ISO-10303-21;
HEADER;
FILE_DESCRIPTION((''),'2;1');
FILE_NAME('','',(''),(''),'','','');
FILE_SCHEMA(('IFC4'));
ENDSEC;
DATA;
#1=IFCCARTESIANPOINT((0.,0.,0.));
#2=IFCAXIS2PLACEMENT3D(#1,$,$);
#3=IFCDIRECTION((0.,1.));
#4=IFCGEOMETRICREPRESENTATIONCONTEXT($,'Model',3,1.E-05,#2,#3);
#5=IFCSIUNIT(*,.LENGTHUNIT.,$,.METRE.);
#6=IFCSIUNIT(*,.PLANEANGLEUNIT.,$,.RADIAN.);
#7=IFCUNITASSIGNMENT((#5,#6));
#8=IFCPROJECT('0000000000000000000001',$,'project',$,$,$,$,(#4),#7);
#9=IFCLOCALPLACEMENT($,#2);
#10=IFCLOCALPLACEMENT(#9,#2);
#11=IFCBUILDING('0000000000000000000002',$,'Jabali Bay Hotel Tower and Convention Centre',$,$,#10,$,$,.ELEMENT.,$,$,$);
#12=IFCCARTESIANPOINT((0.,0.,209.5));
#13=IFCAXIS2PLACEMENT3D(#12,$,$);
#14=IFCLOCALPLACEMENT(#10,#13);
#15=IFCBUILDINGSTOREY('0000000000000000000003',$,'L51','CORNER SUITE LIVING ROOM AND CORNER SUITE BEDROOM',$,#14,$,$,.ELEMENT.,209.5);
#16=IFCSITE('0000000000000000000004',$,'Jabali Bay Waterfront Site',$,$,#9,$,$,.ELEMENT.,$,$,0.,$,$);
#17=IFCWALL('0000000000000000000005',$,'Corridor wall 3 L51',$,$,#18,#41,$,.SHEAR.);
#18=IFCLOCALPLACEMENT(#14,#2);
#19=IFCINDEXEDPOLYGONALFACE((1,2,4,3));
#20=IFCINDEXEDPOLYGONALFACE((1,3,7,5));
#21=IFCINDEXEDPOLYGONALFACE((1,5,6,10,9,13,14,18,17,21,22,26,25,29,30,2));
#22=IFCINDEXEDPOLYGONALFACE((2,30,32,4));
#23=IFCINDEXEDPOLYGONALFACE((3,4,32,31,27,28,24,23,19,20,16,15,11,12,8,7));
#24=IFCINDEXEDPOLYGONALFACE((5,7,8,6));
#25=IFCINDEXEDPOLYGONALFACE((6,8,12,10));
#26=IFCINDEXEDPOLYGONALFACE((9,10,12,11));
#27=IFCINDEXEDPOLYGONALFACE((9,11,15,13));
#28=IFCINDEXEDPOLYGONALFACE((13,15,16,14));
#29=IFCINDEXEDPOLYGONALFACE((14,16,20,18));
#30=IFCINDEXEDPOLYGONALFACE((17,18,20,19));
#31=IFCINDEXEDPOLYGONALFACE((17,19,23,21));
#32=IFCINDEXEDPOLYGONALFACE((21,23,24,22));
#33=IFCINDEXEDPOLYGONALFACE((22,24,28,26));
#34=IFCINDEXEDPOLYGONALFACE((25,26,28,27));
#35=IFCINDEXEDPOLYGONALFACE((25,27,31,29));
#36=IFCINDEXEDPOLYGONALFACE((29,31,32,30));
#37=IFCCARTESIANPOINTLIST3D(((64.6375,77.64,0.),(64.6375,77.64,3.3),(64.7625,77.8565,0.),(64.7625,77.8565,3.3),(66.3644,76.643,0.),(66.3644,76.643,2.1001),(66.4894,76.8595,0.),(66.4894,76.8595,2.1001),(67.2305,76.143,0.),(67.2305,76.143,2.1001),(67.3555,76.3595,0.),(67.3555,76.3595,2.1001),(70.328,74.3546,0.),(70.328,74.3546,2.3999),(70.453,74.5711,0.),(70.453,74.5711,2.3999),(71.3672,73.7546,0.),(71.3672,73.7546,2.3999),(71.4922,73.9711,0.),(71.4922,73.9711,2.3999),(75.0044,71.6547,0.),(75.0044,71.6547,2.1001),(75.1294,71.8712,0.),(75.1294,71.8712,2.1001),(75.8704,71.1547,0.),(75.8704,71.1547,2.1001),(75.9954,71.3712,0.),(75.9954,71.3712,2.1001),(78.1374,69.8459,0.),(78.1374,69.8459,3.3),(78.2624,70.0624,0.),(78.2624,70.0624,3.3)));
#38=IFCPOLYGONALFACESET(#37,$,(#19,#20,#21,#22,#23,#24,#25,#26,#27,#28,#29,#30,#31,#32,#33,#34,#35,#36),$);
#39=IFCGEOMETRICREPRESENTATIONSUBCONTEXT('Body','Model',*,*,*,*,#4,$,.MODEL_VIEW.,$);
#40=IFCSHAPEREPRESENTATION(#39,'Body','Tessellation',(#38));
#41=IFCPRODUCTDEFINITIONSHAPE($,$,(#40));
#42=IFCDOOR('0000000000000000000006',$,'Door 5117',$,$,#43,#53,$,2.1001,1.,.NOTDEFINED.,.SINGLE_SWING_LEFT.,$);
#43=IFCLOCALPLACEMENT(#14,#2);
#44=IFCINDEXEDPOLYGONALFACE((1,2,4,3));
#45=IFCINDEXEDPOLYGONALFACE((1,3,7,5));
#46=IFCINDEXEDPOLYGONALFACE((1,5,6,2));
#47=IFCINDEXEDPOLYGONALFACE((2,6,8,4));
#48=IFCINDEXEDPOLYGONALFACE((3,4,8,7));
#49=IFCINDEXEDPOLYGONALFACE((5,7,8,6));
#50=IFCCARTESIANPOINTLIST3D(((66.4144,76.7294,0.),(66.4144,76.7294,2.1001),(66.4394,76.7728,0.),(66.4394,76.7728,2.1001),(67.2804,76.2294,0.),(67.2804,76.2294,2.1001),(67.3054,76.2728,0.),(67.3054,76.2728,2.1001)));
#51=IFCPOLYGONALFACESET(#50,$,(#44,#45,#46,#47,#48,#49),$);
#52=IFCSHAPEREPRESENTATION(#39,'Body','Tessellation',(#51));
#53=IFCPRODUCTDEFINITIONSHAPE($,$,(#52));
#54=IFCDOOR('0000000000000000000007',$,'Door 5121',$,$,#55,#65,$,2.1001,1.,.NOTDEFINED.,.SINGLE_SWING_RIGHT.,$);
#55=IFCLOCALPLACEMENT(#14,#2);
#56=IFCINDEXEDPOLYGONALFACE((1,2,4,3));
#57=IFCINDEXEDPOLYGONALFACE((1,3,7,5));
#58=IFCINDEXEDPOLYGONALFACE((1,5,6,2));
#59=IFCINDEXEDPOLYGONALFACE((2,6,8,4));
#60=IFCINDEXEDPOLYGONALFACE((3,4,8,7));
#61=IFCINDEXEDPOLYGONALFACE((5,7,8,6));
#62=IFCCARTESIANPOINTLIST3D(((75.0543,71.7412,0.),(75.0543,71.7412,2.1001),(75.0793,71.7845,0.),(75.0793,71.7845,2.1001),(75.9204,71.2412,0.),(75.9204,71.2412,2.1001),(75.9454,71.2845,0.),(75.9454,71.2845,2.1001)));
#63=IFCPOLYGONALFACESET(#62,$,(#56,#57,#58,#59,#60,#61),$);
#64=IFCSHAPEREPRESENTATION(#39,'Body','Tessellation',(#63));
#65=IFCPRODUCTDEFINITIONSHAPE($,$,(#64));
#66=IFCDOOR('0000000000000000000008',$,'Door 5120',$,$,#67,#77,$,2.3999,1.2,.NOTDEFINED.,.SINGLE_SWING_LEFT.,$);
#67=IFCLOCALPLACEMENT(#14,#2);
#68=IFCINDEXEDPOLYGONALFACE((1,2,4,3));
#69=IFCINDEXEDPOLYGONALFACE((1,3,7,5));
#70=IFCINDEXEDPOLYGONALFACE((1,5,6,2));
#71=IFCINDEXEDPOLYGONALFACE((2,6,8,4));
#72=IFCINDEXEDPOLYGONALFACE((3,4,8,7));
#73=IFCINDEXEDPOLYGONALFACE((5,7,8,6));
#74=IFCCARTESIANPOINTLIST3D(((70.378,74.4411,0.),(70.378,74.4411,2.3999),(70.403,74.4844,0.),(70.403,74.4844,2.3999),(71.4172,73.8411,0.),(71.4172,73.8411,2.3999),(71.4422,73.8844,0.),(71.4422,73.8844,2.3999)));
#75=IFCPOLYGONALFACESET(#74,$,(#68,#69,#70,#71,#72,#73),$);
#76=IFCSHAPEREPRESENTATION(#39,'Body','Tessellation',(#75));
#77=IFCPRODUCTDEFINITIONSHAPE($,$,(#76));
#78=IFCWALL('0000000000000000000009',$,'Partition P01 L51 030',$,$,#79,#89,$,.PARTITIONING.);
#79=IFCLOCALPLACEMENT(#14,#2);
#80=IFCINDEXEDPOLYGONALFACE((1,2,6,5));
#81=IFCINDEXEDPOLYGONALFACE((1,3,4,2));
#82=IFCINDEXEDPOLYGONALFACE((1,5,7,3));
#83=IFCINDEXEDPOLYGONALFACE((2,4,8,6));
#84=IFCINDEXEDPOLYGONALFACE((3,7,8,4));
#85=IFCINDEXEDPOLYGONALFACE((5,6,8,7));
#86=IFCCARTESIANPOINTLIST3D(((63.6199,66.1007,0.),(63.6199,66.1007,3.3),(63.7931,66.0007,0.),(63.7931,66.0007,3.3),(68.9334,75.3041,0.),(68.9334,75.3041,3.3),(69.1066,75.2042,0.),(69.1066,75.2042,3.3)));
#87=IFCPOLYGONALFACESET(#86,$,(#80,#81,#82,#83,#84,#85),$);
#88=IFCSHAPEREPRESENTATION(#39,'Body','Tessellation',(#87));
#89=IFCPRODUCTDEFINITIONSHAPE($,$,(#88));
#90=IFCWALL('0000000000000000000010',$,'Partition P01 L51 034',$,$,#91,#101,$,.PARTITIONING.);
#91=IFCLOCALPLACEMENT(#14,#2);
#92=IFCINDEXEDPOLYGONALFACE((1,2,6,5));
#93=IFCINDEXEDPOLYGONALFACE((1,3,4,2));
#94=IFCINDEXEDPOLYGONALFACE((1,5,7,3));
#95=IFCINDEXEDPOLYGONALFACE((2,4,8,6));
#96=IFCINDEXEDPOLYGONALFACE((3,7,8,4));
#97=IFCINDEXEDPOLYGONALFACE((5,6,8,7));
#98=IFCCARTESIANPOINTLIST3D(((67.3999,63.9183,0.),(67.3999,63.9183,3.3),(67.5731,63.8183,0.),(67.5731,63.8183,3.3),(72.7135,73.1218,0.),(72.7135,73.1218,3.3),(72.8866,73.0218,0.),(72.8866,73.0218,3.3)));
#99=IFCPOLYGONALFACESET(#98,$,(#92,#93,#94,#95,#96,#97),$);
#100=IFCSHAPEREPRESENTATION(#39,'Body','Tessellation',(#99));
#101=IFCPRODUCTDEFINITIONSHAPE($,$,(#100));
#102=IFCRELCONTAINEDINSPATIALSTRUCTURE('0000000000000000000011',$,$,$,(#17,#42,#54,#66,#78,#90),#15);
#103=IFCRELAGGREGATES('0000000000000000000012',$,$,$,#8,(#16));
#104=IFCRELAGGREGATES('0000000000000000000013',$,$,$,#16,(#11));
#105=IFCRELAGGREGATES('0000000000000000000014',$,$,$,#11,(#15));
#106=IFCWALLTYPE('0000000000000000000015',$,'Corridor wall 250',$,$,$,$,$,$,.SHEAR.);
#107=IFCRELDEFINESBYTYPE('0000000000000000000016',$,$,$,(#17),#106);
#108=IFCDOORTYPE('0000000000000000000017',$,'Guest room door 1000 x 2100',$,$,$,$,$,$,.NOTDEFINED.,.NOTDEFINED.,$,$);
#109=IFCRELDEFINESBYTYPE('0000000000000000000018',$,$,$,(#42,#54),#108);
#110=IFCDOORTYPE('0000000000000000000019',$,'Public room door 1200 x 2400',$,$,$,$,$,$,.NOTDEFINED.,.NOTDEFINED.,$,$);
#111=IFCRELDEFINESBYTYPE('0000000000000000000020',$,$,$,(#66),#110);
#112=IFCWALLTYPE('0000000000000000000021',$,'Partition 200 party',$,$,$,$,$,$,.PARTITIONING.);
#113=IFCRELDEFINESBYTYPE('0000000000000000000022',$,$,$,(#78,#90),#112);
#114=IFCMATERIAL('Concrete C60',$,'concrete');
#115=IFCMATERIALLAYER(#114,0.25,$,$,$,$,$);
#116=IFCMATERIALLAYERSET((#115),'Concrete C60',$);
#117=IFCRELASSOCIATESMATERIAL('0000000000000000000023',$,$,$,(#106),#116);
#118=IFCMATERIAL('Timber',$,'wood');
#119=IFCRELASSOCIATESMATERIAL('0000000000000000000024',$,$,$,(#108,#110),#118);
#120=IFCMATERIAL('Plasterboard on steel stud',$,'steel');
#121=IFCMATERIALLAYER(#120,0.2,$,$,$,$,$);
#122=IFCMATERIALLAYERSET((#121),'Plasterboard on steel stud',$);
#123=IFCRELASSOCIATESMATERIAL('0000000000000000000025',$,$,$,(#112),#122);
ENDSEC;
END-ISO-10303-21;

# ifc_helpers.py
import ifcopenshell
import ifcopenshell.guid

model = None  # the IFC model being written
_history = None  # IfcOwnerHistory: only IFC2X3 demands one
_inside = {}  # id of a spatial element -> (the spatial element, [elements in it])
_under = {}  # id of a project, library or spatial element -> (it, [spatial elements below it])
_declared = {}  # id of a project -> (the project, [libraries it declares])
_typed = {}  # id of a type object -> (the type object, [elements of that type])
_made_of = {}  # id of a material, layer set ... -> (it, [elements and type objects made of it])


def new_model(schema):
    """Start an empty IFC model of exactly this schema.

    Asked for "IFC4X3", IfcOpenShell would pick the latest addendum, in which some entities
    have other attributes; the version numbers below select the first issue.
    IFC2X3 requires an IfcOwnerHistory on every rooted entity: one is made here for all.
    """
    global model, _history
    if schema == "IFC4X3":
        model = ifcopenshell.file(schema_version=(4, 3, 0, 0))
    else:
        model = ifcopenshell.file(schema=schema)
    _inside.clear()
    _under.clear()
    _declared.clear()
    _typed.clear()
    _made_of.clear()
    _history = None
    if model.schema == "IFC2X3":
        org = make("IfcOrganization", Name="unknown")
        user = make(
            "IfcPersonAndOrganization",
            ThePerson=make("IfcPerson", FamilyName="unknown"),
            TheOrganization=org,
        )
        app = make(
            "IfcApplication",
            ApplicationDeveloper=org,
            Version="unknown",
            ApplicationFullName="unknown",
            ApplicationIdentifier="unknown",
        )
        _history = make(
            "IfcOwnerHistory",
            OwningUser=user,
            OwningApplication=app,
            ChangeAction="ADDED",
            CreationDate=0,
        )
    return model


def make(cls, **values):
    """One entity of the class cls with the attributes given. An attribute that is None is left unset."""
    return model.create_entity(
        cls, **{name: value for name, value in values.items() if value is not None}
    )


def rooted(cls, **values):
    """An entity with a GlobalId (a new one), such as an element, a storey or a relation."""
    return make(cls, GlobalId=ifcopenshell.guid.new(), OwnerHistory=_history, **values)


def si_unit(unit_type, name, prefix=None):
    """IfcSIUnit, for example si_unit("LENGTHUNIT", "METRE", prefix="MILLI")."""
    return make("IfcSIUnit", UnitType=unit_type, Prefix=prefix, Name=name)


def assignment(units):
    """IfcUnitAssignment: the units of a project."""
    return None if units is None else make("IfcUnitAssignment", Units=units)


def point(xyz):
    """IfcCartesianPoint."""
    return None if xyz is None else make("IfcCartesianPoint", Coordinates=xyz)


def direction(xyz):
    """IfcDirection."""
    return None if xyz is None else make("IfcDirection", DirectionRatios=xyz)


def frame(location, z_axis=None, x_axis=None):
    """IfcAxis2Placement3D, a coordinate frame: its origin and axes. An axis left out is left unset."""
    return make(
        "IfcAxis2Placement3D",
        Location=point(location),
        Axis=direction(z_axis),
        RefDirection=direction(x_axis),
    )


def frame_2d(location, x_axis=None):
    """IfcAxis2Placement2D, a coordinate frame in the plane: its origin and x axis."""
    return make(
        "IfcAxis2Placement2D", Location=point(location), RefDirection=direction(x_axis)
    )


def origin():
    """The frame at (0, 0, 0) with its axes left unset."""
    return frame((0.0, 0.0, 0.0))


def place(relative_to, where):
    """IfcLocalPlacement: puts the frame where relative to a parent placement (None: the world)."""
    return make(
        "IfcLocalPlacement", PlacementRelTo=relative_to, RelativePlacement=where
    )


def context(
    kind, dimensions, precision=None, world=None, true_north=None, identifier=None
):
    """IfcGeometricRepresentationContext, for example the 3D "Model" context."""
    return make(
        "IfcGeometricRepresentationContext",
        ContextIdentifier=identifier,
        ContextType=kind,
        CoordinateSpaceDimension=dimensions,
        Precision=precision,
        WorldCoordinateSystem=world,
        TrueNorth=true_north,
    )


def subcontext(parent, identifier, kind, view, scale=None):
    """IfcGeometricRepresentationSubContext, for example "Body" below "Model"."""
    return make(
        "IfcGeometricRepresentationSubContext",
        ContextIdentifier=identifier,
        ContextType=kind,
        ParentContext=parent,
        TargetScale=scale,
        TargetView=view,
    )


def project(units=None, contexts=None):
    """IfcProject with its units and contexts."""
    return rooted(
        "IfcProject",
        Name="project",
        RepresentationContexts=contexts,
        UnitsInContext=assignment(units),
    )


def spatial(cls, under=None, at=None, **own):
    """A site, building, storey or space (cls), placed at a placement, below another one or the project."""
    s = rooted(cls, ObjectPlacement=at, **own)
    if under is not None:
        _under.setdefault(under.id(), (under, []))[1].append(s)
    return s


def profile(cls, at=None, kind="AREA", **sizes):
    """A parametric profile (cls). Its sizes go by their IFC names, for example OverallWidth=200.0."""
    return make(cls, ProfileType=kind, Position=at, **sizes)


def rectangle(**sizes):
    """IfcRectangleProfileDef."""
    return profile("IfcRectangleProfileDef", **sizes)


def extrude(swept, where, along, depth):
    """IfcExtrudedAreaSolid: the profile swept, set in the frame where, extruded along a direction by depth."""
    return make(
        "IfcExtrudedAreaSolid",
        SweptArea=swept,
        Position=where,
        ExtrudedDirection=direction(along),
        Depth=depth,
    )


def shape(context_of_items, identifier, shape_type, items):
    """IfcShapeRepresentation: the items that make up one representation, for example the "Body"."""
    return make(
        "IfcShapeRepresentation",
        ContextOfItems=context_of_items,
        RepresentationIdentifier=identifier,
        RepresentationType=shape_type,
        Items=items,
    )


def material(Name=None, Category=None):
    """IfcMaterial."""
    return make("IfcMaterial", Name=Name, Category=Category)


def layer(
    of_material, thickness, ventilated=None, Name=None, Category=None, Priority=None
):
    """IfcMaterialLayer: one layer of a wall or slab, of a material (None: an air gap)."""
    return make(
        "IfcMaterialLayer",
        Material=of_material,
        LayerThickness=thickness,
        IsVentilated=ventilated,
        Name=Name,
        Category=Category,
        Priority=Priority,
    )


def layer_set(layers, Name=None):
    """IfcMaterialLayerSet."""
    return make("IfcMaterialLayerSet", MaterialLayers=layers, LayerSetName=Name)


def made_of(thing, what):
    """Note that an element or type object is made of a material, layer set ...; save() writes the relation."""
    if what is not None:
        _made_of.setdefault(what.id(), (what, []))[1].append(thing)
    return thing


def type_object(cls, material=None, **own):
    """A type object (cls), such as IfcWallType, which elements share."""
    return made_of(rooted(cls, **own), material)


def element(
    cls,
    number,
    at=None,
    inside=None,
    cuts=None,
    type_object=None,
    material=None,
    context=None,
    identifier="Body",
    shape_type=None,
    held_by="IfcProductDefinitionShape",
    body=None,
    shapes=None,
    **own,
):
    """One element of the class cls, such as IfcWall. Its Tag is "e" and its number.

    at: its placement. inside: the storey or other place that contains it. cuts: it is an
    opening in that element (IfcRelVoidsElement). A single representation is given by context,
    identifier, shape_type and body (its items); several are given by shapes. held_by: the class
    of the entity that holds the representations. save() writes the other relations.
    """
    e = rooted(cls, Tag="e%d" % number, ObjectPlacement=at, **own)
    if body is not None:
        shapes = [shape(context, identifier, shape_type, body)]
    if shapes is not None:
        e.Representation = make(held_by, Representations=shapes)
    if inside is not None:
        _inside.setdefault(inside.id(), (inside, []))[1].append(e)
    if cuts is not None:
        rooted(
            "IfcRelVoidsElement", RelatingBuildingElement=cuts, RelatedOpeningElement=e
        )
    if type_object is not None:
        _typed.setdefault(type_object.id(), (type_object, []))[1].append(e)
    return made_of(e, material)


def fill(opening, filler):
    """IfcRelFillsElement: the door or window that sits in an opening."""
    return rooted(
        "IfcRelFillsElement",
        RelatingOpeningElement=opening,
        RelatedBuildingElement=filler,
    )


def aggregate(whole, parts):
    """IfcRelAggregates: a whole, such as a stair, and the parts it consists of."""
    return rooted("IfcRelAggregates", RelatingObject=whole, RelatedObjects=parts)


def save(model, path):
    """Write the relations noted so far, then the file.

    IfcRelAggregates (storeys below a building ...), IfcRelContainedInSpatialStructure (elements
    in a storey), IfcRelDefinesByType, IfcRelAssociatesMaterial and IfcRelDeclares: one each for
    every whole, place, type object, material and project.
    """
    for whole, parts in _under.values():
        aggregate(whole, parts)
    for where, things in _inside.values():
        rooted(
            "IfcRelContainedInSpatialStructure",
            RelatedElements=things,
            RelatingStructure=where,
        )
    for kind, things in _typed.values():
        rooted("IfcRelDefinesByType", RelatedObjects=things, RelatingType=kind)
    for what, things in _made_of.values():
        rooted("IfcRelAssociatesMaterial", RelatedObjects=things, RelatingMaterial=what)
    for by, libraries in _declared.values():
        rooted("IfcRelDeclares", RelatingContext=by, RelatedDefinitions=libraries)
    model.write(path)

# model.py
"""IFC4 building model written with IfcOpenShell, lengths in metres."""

from ifc_helpers import new_model, si_unit, direction, frame, frame_2d, origin, place, context, subcontext, project, spatial, rectangle, extrude, material, layer, layer_set, type_object, element, fill, save


model = new_model("IFC4")

# Units and contexts
model_context = context("Model", 3, precision=1e-05, world=origin(), true_north=direction((0.0, 1.0)))
body_context = subcontext(model_context, "Body", "Model", "MODEL_VIEW")
ifc_project = project(units=[si_unit("LENGTHUNIT", "METRE"), si_unit("PLANEANGLEUNIT", "RADIAN")], contexts=[model_context])

# Site, building, storey
site_placement = place(None, origin())
site = spatial("IfcSite", under=ifc_project, at=site_placement, Name="Jabali Bay Waterfront Site", CompositionType="ELEMENT", RefElevation=0.0)
building_placement = place(site_placement, origin())
building = spatial("IfcBuilding", under=site, at=building_placement, Name="Jabali Bay Hotel Tower and Convention Centre", CompositionType="ELEMENT")
storey_placement = place(building_placement, frame((0.0, 0.0, 209.5)))
storey = spatial("IfcBuildingStorey", under=building, at=storey_placement, Name="L51", Description="CORNER SUITE LIVING ROOM AND CORNER SUITE BEDROOM", CompositionType="ELEMENT", Elevation=209.5)

# Shared definitions
ifc_material_1 = material(Name="Concrete C60", Category="concrete")

# Wall, openings, doors
ifc_layer_1 = layer(ifc_material_1, 0.25)
ifc_layer_set_1 = layer_set([ifc_layer_1], Name="Concrete C60")
wall_type_1 = type_object("IfcWallType", Name="Corridor wall 250", PredefinedType="SHEAR", material=ifc_layer_set_1)
wall_1_placement = place(storey_placement, frame((64.7, 77.7483, 0.0), z_axis=(0.0, 0.0, 1.0), x_axis=(0.866026, -0.499998, 0.0)))
wall_1 = element("IfcWall", 1, at=wall_1_placement, inside=storey, type_object=wall_type_1, Name="Corridor wall 3 L51", PredefinedType="SHEAR", context=body_context, shape_type="SweptSolid", body=[
    extrude(rectangle(XDim=15.5884, YDim=0.25, at=frame_2d((7.7942, 0.0))), origin(), (0.0, 0.0, 1.0), 3.3),
])
opening_1_placement = place(wall_1_placement, frame((1.9941, 0.0, 0.0)))
opening_1 = element("IfcOpeningElement", 2, at=opening_1_placement, cuts=wall_1, PredefinedType="OPENING", context=body_context, shape_type="SweptSolid", body=[
    extrude(rectangle(XDim=1.0, YDim=2.1001, at=frame_2d((0.5, 1.05))), frame((0.0, 0.1355, 0.0), z_axis=(0.0, -1.0, 0.0), x_axis=(1.0, 0.0, 0.0)), (0.0, 0.0, 1.0), 0.271),
])
opening_2_placement = place(wall_1_placement, frame((6.5708, 0.0, 0.0)))
opening_2 = element("IfcOpeningElement", 3, at=opening_2_placement, cuts=wall_1, PredefinedType="OPENING", context=body_context, shape_type="SweptSolid", body=[
    extrude(rectangle(XDim=1.2, YDim=2.3999, at=frame_2d((0.6001, 1.2))), frame((0.0, 0.1355, 0.0), z_axis=(0.0, -1.0, 0.0), x_axis=(1.0, 0.0, 0.0)), (0.0, 0.0, 1.0), 0.271),
])
opening_3_placement = place(wall_1_placement, frame((11.9707, 0.0, 0.0)))
opening_3 = element("IfcOpeningElement", 4, at=opening_3_placement, cuts=wall_1, PredefinedType="OPENING", context=body_context, shape_type="SweptSolid", body=[
    extrude(rectangle(XDim=1.0, YDim=2.1001, at=frame_2d((0.5, 1.05))), frame((0.0, 0.1355, 0.0), z_axis=(0.0, -1.0, 0.0), x_axis=(1.0, 0.0, 0.0)), (0.0, 0.0, 1.0), 0.271),
])
ifc_material_2 = material(Name="Timber", Category="wood")
door_type_1 = type_object("IfcDoorType", Name="Guest room door 1000 x 2100", OperationType="NOTDEFINED", PredefinedType="NOTDEFINED", material=ifc_material_2)
door_1_placement = place(opening_1_placement, origin())
door_1 = element("IfcDoor", 5, at=door_1_placement, inside=storey, type_object=door_type_1, Name="Door 5117", OperationType="SINGLE_SWING_LEFT", OverallHeight=2.1001, OverallWidth=1.0, PredefinedType="NOTDEFINED", context=body_context, shape_type="SweptSolid", body=[
    extrude(rectangle(XDim=1.0, YDim=2.1001, at=frame_2d((0.5, 1.05))), frame((0.0, 0.0249, 0.0), z_axis=(0.0, -1.0, 0.0), x_axis=(1.0, 0.0, 0.0)), (0.0, 0.0, 1.0), 0.05),
])
fill(opening_1, door_1)
door_2_placement = place(opening_3_placement, origin())
door_2 = element("IfcDoor", 6, at=door_2_placement, inside=storey, type_object=door_type_1, Name="Door 5121", OperationType="SINGLE_SWING_RIGHT", OverallHeight=2.1001, OverallWidth=1.0, PredefinedType="NOTDEFINED", context=body_context, shape_type="SweptSolid", body=[
    extrude(rectangle(XDim=1.0, YDim=2.1001, at=frame_2d((0.5, 1.05))), frame((0.0, 0.0249, 0.0), z_axis=(0.0, -1.0, 0.0), x_axis=(1.0, 0.0, 0.0)), (0.0, 0.0, 1.0), 0.05),
])
fill(opening_3, door_2)
door_type_2 = type_object("IfcDoorType", Name="Public room door 1200 x 2400", OperationType="NOTDEFINED", PredefinedType="NOTDEFINED", material=ifc_material_2)
door_3_placement = place(opening_2_placement, origin())
door_3 = element("IfcDoor", 7, at=door_3_placement, inside=storey, type_object=door_type_2, Name="Door 5120", OperationType="SINGLE_SWING_LEFT", OverallHeight=2.3999, OverallWidth=1.2, PredefinedType="NOTDEFINED", context=body_context, shape_type="SweptSolid", body=[
    extrude(rectangle(XDim=1.2, YDim=2.3999, at=frame_2d((0.6001, 1.2))), frame((0.0, 0.0249, 0.0), z_axis=(0.0, -1.0, 0.0), x_axis=(1.0, 0.0, 0.0)), (0.0, 0.0, 1.0), 0.05),
])
fill(opening_2, door_3)

# Walls
ifc_material_3 = material(Name="Plasterboard on steel stud", Category="steel")
ifc_layer_2 = layer(ifc_material_3, 0.2)
ifc_layer_set_2 = layer_set([ifc_layer_2], Name="Plasterboard on steel stud")
wall_type_2 = type_object("IfcWallType", Name="Partition 200 party", PredefinedType="PARTITIONING", material=ifc_layer_set_2)
for number, where, z_axis, x_axis, name in (
    (8, (63.7065, 66.0508, 0.0), (0.0, 0.0, 1.0), (0.499994, 0.866029, 0.0), "Partition P01 L51 030"),
    (9, (67.4866, 63.8684, 0.0), (0.0, 0.0, 1.0), (0.499994, 0.866029, 0.0), "Partition P01 L51 034"),
):
    element("IfcWall", number, at=place(storey_placement, frame(where, z_axis=z_axis, x_axis=x_axis)), inside=storey, type_object=wall_type_2, Name=name, PredefinedType="PARTITIONING", context=body_context, shape_type="SweptSolid", body=[
        extrude(rectangle(XDim=10.6272, YDim=0.2, at=frame_2d((5.3135, 0.0))), origin(), (0.0, 0.0, 1.0), 3.3),
    ])

save(model, "model.ifc")
